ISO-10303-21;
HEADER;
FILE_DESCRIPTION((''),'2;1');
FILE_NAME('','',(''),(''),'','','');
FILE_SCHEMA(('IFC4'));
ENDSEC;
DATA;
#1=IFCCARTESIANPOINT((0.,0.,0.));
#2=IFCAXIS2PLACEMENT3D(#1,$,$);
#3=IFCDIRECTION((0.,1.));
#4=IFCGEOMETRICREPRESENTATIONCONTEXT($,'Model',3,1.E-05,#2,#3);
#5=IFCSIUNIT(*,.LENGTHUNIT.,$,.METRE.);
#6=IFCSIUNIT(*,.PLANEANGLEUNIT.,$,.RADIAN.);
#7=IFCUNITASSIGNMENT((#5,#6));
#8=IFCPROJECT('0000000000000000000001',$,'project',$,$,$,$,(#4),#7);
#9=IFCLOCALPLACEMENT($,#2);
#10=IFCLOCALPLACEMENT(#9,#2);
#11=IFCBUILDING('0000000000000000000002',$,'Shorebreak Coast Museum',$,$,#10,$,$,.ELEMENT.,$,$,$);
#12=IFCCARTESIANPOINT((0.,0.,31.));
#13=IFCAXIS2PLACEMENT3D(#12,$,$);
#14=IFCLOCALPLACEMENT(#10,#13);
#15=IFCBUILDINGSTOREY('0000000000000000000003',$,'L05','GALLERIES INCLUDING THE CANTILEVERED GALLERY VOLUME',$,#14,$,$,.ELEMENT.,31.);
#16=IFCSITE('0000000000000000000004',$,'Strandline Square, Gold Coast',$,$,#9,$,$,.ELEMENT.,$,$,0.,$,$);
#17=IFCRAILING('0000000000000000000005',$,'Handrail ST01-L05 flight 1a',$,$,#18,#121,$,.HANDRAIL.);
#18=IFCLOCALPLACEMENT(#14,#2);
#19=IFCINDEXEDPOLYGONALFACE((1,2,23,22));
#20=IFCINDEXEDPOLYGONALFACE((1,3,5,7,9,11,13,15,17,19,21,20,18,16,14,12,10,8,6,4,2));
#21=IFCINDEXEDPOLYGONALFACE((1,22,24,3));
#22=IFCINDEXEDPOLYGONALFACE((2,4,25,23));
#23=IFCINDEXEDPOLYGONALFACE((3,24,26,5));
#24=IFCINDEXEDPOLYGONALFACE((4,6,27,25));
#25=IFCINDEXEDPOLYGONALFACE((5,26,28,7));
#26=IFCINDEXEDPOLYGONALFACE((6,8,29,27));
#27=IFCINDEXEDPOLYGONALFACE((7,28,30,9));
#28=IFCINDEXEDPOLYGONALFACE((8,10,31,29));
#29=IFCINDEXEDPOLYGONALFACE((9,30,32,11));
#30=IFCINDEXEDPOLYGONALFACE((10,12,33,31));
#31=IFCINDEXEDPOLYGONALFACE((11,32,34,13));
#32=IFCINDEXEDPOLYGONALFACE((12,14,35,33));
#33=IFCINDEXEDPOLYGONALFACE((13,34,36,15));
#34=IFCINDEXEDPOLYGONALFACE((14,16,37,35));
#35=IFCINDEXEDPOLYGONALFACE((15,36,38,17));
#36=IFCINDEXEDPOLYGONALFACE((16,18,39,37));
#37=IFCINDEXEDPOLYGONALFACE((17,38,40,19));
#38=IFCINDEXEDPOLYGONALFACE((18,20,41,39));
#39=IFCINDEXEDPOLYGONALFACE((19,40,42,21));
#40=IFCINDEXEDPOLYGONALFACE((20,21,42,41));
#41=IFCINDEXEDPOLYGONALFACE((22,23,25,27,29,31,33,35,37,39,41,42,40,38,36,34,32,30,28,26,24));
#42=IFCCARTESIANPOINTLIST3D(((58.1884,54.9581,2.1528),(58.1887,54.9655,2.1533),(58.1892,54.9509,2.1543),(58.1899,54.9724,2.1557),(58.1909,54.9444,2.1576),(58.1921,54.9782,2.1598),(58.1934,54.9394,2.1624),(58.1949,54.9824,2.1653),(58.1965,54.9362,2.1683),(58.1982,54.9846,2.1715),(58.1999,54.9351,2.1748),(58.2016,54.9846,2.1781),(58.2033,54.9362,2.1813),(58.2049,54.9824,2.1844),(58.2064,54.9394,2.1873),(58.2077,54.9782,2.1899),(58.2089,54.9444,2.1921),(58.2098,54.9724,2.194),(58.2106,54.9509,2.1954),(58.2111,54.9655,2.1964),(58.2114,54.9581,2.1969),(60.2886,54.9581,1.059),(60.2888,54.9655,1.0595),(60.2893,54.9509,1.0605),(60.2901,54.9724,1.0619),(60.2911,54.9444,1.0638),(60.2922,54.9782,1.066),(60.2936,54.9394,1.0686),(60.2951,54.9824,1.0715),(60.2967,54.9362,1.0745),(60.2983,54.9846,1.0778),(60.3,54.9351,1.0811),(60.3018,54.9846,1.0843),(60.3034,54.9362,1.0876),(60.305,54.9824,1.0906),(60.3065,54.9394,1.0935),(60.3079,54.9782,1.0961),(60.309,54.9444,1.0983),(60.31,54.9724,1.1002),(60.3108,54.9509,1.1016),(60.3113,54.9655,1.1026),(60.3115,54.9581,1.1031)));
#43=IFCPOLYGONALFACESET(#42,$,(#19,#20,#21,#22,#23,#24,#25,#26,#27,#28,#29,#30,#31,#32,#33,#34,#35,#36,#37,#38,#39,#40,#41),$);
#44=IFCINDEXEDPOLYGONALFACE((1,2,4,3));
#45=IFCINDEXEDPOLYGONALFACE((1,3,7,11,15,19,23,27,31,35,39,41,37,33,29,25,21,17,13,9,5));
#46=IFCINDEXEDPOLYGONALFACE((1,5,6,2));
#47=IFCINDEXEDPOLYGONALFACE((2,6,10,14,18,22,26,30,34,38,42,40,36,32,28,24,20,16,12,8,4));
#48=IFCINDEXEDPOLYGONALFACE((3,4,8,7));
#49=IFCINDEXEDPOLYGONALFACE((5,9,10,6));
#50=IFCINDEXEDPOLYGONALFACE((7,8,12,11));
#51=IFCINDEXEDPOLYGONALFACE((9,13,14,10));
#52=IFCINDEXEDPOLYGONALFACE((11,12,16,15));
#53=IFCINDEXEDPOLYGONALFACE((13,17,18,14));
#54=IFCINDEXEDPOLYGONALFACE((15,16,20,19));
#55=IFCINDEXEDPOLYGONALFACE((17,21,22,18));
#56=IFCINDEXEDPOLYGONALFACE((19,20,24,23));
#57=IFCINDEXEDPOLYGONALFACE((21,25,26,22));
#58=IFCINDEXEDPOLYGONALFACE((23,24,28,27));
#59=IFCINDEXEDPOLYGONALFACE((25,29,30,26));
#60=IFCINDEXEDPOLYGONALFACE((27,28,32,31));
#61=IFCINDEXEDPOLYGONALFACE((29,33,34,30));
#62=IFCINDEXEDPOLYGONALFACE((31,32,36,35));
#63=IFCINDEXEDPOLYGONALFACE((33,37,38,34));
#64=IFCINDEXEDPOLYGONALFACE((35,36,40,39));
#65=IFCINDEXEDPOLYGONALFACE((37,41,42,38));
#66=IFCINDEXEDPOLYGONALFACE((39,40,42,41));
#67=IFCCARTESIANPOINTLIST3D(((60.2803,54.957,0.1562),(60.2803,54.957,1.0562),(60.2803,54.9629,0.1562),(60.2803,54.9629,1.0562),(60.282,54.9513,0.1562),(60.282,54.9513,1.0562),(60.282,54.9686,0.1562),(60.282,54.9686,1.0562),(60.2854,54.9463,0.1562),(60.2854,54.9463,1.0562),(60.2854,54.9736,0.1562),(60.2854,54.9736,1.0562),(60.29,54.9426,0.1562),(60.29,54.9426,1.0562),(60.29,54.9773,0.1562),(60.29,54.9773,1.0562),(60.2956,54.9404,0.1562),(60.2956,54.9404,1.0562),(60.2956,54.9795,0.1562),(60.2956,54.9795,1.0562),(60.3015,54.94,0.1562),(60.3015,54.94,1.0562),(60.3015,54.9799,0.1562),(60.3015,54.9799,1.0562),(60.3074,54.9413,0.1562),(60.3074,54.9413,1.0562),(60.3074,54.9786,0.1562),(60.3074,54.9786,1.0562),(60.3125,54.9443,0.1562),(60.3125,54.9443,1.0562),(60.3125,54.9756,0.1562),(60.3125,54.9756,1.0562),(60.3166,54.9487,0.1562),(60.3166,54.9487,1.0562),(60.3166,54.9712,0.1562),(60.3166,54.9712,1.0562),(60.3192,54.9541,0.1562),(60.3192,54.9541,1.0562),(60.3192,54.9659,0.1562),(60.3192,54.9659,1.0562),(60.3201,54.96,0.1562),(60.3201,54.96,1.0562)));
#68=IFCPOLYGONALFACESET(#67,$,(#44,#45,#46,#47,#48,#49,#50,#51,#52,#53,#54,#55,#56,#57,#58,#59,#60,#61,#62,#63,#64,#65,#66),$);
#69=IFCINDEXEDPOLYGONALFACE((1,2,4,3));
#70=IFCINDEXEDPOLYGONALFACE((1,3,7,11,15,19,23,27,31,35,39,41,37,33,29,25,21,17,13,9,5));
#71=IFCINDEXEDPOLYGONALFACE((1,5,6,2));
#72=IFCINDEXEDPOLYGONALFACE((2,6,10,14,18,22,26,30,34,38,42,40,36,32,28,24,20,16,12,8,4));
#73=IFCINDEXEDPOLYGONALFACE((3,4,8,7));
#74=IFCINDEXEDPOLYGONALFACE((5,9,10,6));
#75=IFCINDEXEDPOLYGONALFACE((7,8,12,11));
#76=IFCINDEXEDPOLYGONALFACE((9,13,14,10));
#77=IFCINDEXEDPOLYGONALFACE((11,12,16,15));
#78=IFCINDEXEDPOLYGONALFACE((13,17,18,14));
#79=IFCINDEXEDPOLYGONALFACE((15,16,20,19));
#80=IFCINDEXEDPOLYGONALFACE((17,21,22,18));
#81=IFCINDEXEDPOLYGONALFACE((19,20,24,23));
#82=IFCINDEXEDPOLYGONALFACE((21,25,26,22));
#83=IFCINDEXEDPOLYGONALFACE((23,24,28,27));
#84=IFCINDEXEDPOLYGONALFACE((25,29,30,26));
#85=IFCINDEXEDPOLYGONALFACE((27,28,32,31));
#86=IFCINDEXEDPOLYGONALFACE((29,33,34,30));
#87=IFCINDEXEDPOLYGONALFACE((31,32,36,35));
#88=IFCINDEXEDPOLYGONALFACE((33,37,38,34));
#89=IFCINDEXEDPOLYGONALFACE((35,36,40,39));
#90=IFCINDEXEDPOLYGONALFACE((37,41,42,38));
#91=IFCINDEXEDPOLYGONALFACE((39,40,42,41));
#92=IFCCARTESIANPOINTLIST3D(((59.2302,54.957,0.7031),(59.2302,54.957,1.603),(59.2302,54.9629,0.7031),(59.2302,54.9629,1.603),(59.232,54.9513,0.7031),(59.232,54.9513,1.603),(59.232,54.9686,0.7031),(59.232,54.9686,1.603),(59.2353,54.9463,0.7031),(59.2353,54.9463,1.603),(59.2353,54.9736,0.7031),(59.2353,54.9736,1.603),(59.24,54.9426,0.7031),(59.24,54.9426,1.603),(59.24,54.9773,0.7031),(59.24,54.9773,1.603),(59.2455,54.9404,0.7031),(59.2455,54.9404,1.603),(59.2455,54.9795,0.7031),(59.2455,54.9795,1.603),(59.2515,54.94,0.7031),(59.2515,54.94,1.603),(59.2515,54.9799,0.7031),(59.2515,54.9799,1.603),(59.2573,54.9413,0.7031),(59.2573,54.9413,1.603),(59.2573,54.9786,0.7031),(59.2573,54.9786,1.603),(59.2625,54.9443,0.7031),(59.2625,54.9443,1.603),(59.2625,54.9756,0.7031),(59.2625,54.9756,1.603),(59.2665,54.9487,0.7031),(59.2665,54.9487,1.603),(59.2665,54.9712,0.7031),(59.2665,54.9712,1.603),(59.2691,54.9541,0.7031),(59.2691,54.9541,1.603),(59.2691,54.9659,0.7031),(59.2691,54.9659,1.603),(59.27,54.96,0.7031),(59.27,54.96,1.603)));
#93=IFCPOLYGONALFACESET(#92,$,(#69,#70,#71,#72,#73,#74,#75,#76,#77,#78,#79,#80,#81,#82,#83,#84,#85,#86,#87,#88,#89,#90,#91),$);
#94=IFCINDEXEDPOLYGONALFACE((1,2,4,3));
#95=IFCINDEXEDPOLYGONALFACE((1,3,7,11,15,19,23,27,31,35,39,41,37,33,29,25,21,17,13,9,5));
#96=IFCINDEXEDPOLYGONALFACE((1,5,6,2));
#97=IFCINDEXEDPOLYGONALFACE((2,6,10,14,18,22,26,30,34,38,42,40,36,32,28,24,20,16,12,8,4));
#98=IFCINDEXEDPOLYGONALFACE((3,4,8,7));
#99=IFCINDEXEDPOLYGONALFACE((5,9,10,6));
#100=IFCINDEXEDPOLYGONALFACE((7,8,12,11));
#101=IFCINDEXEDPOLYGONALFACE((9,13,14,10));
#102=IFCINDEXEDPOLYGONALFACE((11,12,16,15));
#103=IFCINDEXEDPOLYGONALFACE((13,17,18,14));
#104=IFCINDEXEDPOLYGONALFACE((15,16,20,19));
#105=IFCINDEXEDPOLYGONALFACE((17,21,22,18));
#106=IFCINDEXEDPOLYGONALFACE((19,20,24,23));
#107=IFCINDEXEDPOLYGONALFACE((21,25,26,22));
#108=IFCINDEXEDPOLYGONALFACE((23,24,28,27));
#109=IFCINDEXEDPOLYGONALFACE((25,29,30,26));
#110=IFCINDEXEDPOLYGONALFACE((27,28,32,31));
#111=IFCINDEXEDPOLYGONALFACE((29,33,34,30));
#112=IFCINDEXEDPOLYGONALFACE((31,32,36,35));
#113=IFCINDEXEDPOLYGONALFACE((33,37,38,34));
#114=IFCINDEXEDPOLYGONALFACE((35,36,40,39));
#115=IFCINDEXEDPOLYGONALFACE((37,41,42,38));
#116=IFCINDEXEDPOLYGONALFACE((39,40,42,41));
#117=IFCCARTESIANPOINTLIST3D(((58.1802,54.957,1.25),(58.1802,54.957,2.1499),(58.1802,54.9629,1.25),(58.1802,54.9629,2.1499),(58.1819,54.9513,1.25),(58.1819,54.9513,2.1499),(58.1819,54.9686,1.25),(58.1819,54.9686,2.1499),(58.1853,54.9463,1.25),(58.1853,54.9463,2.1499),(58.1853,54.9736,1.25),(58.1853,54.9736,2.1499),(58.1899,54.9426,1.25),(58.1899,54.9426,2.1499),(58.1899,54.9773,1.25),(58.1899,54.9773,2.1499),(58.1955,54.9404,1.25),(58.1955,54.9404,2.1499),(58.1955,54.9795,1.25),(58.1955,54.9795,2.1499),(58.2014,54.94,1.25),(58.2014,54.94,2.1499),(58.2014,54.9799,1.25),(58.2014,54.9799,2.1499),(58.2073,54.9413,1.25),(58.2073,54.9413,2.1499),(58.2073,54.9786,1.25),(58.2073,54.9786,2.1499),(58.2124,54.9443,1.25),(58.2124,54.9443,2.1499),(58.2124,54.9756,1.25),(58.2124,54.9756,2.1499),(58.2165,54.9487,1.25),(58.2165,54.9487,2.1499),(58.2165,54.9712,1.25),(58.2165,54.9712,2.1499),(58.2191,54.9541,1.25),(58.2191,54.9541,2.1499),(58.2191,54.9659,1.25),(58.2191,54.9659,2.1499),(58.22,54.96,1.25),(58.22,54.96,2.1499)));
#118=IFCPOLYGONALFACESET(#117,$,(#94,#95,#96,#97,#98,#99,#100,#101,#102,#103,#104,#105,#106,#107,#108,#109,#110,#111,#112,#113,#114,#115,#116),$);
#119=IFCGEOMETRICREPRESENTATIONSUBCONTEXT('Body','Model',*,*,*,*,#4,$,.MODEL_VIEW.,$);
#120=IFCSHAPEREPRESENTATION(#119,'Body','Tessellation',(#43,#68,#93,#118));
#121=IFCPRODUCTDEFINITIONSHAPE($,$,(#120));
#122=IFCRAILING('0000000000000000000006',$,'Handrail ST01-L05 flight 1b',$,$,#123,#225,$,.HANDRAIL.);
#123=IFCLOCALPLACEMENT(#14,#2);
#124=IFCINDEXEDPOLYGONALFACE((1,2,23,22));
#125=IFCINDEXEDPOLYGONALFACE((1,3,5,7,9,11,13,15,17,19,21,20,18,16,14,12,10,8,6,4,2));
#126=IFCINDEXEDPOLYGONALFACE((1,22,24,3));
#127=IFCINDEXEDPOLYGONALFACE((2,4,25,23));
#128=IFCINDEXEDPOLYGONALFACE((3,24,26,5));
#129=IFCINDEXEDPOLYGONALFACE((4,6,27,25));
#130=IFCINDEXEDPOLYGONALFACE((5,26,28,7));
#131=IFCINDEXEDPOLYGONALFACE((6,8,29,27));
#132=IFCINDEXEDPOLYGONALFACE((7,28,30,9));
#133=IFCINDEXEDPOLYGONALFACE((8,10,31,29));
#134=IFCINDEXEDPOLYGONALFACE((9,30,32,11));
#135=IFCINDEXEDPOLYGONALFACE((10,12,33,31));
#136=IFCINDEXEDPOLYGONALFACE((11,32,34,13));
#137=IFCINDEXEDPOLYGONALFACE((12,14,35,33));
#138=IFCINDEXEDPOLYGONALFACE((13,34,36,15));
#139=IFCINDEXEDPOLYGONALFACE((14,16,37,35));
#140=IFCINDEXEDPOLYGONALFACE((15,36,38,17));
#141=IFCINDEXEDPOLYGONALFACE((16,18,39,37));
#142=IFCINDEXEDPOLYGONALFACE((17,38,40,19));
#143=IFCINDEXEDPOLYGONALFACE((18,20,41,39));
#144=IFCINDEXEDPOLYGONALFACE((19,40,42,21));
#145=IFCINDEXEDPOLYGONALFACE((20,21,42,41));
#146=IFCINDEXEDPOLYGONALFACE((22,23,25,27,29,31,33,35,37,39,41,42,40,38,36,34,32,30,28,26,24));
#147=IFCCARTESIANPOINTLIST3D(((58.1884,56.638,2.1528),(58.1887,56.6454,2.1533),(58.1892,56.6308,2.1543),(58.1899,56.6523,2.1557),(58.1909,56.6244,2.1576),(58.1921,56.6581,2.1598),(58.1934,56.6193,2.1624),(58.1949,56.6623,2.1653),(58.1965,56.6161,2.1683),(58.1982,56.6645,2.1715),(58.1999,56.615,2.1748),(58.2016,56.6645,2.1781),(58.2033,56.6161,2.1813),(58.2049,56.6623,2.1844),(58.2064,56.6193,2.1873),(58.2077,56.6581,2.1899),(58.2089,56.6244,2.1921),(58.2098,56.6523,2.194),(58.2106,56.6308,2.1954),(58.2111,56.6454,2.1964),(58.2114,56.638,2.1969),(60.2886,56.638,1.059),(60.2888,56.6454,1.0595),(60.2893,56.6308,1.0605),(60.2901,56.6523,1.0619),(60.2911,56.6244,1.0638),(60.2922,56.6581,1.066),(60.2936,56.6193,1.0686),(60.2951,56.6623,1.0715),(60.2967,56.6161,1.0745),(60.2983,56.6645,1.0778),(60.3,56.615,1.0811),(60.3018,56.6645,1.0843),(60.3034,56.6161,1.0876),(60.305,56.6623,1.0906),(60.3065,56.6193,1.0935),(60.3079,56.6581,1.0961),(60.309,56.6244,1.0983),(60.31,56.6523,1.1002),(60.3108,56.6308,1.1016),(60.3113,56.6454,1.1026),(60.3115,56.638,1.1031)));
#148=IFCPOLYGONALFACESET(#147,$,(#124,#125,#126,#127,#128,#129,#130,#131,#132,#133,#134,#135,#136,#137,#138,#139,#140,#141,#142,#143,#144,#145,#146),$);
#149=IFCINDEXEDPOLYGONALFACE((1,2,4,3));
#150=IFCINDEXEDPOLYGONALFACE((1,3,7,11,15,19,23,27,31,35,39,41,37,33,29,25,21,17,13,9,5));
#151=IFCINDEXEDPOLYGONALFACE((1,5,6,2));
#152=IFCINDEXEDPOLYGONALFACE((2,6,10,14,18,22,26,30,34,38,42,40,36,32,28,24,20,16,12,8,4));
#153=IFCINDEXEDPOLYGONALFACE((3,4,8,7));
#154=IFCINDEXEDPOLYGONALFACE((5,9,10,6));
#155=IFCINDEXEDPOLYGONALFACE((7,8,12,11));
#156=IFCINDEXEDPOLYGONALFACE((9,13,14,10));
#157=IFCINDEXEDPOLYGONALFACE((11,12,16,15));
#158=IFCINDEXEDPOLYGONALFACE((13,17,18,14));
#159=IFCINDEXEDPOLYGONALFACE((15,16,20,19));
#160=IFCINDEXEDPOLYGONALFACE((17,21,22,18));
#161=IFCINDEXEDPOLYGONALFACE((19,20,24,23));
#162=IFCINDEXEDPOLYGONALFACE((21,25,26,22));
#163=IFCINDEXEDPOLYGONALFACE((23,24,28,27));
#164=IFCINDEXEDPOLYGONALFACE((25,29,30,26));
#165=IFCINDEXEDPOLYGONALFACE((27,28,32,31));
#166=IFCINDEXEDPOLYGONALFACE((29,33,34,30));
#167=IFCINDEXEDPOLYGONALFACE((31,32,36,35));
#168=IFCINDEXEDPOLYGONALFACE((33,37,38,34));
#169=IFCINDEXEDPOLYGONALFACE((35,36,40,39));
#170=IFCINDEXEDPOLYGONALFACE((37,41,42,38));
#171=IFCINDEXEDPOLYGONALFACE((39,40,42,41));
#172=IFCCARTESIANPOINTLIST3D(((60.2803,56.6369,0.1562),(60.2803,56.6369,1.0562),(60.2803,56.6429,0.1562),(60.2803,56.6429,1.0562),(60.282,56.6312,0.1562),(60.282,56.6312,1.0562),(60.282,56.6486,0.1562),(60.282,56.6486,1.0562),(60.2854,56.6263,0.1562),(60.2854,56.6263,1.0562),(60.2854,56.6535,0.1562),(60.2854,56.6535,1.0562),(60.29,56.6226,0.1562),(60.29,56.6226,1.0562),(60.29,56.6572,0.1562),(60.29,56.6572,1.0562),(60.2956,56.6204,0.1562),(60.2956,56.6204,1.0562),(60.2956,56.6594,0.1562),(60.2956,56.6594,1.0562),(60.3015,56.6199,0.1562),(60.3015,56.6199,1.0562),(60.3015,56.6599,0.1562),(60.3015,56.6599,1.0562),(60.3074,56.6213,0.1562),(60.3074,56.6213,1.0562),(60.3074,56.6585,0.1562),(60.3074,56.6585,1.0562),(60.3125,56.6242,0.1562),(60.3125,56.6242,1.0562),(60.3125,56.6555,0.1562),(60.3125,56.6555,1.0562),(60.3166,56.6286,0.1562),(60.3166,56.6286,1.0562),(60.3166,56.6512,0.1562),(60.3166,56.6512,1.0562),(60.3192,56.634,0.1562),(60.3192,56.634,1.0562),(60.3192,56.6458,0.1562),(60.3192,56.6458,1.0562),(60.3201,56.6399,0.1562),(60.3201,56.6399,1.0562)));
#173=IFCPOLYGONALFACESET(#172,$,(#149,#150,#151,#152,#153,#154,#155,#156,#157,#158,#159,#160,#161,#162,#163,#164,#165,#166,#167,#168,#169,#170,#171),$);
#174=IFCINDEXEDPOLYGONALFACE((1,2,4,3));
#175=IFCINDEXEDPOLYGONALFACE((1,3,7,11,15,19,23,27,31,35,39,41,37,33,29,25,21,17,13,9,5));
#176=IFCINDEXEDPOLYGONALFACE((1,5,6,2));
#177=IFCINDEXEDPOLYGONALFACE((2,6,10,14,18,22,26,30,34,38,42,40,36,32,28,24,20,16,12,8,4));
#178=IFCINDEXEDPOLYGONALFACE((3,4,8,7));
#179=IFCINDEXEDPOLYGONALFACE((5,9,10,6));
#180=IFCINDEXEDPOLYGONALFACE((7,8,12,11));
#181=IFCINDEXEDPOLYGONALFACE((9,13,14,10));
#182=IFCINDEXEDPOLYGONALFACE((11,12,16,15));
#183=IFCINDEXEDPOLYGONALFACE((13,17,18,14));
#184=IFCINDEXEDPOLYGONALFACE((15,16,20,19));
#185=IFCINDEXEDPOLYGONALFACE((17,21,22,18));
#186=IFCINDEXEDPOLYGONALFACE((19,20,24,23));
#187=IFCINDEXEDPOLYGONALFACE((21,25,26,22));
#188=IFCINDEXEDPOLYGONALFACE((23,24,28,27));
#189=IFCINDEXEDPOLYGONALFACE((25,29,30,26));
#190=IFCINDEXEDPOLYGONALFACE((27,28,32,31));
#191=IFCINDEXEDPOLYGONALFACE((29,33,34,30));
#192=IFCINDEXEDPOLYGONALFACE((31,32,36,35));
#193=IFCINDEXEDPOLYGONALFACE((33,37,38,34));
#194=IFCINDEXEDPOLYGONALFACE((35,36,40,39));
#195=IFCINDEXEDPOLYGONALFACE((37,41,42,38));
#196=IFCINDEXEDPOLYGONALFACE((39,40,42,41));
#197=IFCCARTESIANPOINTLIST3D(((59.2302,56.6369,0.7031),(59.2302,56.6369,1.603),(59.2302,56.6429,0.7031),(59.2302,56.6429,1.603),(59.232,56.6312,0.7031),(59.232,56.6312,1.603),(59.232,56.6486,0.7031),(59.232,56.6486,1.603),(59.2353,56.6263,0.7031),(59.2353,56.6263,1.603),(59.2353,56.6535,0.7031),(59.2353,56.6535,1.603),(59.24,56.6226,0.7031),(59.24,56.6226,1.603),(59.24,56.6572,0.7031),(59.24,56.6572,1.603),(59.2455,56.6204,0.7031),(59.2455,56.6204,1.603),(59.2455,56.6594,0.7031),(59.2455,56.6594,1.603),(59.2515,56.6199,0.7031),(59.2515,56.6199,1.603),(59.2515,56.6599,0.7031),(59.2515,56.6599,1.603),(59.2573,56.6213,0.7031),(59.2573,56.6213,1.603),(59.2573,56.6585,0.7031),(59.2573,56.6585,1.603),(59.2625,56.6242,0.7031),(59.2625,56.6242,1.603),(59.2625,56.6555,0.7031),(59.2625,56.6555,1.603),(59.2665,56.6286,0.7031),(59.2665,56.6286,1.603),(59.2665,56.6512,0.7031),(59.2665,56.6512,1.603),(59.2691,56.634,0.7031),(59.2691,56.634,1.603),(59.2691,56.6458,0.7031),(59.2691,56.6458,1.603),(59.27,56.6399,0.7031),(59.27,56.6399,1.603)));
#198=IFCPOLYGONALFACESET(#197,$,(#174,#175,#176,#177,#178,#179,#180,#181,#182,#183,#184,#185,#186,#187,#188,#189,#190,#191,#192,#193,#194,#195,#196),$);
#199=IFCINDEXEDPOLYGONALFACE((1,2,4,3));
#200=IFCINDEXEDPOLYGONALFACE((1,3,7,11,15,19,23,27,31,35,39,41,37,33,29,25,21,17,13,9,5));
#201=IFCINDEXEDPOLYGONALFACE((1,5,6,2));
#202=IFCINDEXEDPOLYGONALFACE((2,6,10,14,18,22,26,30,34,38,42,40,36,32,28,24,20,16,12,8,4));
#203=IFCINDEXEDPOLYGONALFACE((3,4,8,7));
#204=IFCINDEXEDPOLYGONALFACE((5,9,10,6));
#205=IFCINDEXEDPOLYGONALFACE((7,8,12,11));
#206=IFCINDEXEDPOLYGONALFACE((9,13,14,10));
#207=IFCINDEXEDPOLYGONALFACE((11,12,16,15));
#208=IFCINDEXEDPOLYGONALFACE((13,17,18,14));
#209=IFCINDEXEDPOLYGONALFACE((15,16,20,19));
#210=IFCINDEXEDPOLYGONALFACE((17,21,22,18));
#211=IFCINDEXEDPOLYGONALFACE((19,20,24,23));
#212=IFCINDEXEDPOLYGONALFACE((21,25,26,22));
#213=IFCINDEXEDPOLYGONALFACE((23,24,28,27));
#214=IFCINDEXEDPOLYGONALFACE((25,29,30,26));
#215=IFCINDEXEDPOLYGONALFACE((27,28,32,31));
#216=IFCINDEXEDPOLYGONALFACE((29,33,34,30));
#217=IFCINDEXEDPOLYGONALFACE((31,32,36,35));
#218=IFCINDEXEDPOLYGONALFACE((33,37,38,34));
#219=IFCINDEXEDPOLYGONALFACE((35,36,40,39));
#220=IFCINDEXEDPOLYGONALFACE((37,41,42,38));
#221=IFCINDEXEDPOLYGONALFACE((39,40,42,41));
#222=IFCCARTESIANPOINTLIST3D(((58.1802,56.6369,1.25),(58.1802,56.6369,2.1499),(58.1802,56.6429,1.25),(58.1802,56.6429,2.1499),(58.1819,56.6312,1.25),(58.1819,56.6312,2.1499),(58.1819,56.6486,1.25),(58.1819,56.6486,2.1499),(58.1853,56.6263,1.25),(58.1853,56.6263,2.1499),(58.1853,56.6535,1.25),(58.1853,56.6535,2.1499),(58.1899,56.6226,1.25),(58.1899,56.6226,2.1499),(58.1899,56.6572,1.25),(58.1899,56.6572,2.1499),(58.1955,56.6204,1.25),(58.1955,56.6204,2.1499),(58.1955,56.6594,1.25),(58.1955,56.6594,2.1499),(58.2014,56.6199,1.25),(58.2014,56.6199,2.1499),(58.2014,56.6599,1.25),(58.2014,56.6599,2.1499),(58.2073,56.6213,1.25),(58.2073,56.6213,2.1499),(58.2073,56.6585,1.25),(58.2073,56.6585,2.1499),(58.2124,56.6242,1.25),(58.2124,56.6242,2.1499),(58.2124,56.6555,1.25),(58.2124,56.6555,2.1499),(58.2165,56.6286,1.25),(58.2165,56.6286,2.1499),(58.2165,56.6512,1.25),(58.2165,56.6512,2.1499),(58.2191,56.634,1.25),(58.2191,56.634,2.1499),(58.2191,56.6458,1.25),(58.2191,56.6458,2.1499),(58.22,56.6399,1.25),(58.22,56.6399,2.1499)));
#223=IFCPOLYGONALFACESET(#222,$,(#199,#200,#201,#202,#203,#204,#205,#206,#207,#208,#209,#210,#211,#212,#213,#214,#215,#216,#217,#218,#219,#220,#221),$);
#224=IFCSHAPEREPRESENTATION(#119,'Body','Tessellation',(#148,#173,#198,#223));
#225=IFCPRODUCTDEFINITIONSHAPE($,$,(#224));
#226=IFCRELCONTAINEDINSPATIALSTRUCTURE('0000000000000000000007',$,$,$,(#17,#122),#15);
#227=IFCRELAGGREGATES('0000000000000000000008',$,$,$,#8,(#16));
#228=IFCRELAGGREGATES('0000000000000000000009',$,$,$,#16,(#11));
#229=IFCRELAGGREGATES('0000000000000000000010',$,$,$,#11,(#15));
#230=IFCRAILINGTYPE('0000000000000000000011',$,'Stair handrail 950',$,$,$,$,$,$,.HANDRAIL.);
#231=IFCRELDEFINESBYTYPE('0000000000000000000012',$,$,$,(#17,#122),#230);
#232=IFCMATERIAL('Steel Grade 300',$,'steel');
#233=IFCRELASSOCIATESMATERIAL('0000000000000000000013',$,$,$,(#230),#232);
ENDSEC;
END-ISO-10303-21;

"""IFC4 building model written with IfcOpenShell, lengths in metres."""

from ifc_helpers import new_model, si_unit, direction, frame, origin, origin_2d, place, context, subcontext, project, spatial, circle, extrude, material, type_object, element, save


model = new_model("IFC4")

# Units and contexts
model_context = context("Model", 3, precision=1e-05, world=origin(), true_north=direction((0.0, 1.0)))
body_context = subcontext(model_context, "Body", "Model", "MODEL_VIEW")
ifc_project = project(units=[si_unit("LENGTHUNIT", "METRE"), si_unit("PLANEANGLEUNIT", "RADIAN")], contexts=[model_context])

# Site, building, storey
site_placement = place(None, origin())
site = spatial("IfcSite", under=ifc_project, at=site_placement, Name="Strandline Square, Gold Coast", CompositionType="ELEMENT", RefElevation=0.0)
building_placement = place(site_placement, origin())
building = spatial("IfcBuilding", under=site, at=building_placement, Name="Shorebreak Coast Museum", CompositionType="ELEMENT")
storey_placement = place(building_placement, frame((0.0, 0.0, 31.0)))
storey = spatial("IfcBuildingStorey", under=building, at=storey_placement, Name="L05", Description="GALLERIES INCLUDING THE CANTILEVERED GALLERY VOLUME", CompositionType="ELEMENT", Elevation=31.0)

# Railings
ifc_material_1 = material(Name="Steel Grade 300", Category="steel")
railing_type_1 = type_object("IfcRailingType", Name="Stair handrail 950", PredefinedType="HANDRAIL", material=ifc_material_1)
for number, where, name in (
    (1, (60.3, 54.96, 0.1562), "Handrail ST01-L05 flight 1a"),
    (2, (60.3, 56.6399, 0.1562), "Handrail ST01-L05 flight 1b"),
):
    element("IfcRailing", number, at=place(storey_placement, frame(where)), inside=storey, type_object=railing_type_1, Name=name, PredefinedType="HANDRAIL", context=body_context, shape_type="SweptSolid", body=[
        extrude(circle(Radius=0.0249, at=origin_2d()), frame((0.0, 0.0, 0.9248), z_axis=(-0.886923, 0.0, 0.461918), x_axis=(0.0, -1.0, 0.0)), (0.0, 0.0, 1.0), 2.3679),
        extrude(circle(Radius=0.02, at=origin_2d()), origin(), (0.0, 0.0, 1.0), 0.8999),
        extrude(circle(Radius=0.02, at=origin_2d()), frame((-1.05, 0.0, 0.5469)), (0.0, 0.0, 1.0), 0.8999),
        extrude(circle(Radius=0.02, at=origin_2d()), frame((-2.1001, 0.0, 1.0938)), (0.0, 0.0, 1.0), 0.8999),
    ])

save(model, "model.ifc")
